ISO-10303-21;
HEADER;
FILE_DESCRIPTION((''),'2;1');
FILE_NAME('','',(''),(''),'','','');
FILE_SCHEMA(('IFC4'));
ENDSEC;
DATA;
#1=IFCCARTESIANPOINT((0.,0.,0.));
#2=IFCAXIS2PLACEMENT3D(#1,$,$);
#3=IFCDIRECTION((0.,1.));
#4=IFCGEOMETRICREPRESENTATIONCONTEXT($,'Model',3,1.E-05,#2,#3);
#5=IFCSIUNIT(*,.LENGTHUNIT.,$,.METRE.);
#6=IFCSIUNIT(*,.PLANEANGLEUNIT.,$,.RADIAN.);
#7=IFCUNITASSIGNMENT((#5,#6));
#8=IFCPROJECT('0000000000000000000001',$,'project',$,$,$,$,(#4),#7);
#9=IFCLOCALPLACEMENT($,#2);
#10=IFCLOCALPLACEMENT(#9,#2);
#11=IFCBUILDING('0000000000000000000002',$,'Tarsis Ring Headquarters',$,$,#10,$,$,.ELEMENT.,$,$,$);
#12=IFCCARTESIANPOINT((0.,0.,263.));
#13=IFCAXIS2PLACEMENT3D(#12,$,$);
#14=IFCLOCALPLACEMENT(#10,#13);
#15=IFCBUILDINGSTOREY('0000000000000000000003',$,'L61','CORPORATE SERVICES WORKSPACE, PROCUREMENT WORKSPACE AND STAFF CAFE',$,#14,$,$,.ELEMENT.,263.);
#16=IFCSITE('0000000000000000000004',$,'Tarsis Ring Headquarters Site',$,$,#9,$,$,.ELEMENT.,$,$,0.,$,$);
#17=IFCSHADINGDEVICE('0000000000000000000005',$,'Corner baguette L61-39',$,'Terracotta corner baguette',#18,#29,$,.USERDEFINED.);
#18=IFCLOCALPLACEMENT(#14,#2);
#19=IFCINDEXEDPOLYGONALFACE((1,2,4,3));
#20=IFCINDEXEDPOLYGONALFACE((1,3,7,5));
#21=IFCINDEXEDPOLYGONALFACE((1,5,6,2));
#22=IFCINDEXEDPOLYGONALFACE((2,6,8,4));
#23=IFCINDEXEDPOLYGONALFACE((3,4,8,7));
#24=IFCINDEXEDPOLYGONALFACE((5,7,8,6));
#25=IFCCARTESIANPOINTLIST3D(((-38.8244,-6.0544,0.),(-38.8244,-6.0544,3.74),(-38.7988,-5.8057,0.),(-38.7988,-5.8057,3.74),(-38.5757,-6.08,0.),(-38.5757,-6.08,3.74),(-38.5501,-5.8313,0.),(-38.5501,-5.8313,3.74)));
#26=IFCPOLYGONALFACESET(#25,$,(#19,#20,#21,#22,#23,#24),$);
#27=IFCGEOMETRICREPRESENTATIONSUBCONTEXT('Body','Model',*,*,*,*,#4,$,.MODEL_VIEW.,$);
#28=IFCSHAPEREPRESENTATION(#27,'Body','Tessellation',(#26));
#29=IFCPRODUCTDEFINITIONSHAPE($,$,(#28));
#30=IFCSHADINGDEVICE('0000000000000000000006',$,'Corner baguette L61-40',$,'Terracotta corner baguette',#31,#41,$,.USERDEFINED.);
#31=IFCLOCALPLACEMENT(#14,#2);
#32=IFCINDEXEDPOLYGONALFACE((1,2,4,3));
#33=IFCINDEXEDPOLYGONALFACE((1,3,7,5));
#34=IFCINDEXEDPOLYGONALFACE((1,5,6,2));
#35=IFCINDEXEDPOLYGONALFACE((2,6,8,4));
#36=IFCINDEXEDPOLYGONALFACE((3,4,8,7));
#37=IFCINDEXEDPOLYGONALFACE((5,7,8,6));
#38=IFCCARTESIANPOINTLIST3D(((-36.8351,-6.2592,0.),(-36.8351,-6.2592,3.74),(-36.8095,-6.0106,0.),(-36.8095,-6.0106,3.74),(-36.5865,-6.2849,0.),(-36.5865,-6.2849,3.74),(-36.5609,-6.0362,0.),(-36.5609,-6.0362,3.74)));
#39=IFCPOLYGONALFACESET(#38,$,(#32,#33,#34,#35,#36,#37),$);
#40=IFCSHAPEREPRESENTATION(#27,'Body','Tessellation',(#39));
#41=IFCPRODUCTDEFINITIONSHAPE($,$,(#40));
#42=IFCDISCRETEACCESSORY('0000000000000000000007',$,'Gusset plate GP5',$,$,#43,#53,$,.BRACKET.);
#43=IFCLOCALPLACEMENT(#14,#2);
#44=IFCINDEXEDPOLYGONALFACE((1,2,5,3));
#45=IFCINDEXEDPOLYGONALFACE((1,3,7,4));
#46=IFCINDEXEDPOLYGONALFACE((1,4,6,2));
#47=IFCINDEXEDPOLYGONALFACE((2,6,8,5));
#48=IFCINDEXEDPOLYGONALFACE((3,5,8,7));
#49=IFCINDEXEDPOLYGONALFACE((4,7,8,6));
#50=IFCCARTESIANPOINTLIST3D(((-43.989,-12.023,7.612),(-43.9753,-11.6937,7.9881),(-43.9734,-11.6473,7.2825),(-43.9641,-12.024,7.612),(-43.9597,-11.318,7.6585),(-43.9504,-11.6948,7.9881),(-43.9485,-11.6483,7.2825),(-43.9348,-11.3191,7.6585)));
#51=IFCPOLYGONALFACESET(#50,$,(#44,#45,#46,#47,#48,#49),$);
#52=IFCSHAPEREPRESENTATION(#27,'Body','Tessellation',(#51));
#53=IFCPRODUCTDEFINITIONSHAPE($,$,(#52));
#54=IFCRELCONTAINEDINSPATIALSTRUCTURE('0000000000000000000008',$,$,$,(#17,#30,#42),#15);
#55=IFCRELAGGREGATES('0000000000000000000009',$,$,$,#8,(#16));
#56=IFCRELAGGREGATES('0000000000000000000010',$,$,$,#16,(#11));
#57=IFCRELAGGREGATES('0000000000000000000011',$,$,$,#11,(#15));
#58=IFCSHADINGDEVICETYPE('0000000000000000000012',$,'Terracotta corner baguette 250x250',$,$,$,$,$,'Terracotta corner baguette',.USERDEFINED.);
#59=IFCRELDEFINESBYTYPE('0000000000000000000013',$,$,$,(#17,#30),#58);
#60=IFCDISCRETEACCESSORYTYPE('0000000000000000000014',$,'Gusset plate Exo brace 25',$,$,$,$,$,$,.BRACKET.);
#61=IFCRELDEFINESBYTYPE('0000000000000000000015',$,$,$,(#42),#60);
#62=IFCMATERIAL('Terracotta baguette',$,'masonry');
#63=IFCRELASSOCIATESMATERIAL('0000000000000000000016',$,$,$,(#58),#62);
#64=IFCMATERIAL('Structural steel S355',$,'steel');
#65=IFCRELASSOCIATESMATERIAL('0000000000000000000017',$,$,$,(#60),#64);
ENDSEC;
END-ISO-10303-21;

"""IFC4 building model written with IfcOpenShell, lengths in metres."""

from ifc_helpers import new_model, si_unit, direction, frame, origin, origin_2d, place, context, subcontext, project, spatial, rectangle, extrude, material, material_profile, profile_set, type_object, element, save


model = new_model("IFC4")

# Units and contexts
model_context = context("Model", 3, precision=1e-05, world=origin(), true_north=direction((0.0, 1.0)))
body_context = subcontext(model_context, "Body", "Model", "MODEL_VIEW")
ifc_project = project(units=[si_unit("LENGTHUNIT", "METRE"), si_unit("PLANEANGLEUNIT", "RADIAN")], contexts=[model_context])

# Site, building, storey
site_placement = place(None, origin())
site = spatial("IfcSite", under=ifc_project, at=site_placement, Name="Tarsis Ring Headquarters Site", CompositionType="ELEMENT", RefElevation=0.0)
building_placement = place(site_placement, origin())
building = spatial("IfcBuilding", under=site, at=building_placement, Name="Tarsis Ring Headquarters", CompositionType="ELEMENT")
storey_placement = place(building_placement, frame((0.0, 0.0, 263.0)))
storey = spatial("IfcBuildingStorey", under=building, at=storey_placement, Name="L61", Description="CORPORATE SERVICES WORKSPACE, PROCUREMENT WORKSPACE AND STAFF CAFE", CompositionType="ELEMENT", Elevation=263.0)

# Shared definitions
ifc_material_1 = material(Name="Structural steel S355", Category="steel")

# Shading devices
ifc_material_2 = material(Name="Terracotta baguette", Category="masonry")
shading_device_type_1 = type_object("IfcShadingDeviceType", Name="Terracotta corner baguette 250x250", ElementType="Terracotta corner baguette", PredefinedType="USERDEFINED", material=ifc_material_2)
for number, where, z_axis, x_axis, name in (
    (1, (-38.6873, -5.9429, 0.0), (0.0, 0.0, 1.0), (-0.102445, -0.994739, 0.0), "Corner baguette L61-39"),
    (2, (-36.698, -6.1477, 0.0), (0.0, 0.0, 1.0), (0.994739, -0.102445, 0.0), "Corner baguette L61-40"),
):
    element("IfcShadingDevice", number, at=place(storey_placement, frame(where, z_axis=z_axis, x_axis=x_axis)), inside=storey, type_object=shading_device_type_1, Name=name, ObjectType="Terracotta corner baguette", PredefinedType="USERDEFINED", context=body_context, shape_type="SweptSolid", body=[
        extrude(rectangle(XDim=0.25, YDim=0.25, at=origin_2d()), origin(), (0.0, 0.0, 1.0), 3.74),
    ])

# Discrete accessory
ifc_material_profile_1 = material_profile(ifc_material_1, rectangle(XDim=0.0249, YDim=0.5, at=origin_2d()), Name="PL 25x500")
ifc_profile_set_1 = profile_set([ifc_material_profile_1], Name="Structural steel S355")
discrete_accessory_type = type_object("IfcDiscreteAccessoryType", Name="Gusset plate Exo brace 25", PredefinedType="BRACKET", material=ifc_profile_set_1)
discrete_accessory_placement = place(storey_placement, frame((-43.9697, -11.8589, 7.8), z_axis=(0.031247, 0.751392, -0.659116), x_axis=(-0.999136, 0.04155, 0.0)))
element("IfcDiscreteAccessory", 3, at=discrete_accessory_placement, inside=storey, type_object=discrete_accessory_type, Name="Gusset plate GP5", PredefinedType="BRACKET", context=body_context, shape_type="SweptSolid", body=[
    extrude(rectangle(XDim=0.0249, YDim=0.5, at=origin_2d()), origin(), (0.0, 0.0, 1.0), 0.5),
])

save(model, "model.ifc")
